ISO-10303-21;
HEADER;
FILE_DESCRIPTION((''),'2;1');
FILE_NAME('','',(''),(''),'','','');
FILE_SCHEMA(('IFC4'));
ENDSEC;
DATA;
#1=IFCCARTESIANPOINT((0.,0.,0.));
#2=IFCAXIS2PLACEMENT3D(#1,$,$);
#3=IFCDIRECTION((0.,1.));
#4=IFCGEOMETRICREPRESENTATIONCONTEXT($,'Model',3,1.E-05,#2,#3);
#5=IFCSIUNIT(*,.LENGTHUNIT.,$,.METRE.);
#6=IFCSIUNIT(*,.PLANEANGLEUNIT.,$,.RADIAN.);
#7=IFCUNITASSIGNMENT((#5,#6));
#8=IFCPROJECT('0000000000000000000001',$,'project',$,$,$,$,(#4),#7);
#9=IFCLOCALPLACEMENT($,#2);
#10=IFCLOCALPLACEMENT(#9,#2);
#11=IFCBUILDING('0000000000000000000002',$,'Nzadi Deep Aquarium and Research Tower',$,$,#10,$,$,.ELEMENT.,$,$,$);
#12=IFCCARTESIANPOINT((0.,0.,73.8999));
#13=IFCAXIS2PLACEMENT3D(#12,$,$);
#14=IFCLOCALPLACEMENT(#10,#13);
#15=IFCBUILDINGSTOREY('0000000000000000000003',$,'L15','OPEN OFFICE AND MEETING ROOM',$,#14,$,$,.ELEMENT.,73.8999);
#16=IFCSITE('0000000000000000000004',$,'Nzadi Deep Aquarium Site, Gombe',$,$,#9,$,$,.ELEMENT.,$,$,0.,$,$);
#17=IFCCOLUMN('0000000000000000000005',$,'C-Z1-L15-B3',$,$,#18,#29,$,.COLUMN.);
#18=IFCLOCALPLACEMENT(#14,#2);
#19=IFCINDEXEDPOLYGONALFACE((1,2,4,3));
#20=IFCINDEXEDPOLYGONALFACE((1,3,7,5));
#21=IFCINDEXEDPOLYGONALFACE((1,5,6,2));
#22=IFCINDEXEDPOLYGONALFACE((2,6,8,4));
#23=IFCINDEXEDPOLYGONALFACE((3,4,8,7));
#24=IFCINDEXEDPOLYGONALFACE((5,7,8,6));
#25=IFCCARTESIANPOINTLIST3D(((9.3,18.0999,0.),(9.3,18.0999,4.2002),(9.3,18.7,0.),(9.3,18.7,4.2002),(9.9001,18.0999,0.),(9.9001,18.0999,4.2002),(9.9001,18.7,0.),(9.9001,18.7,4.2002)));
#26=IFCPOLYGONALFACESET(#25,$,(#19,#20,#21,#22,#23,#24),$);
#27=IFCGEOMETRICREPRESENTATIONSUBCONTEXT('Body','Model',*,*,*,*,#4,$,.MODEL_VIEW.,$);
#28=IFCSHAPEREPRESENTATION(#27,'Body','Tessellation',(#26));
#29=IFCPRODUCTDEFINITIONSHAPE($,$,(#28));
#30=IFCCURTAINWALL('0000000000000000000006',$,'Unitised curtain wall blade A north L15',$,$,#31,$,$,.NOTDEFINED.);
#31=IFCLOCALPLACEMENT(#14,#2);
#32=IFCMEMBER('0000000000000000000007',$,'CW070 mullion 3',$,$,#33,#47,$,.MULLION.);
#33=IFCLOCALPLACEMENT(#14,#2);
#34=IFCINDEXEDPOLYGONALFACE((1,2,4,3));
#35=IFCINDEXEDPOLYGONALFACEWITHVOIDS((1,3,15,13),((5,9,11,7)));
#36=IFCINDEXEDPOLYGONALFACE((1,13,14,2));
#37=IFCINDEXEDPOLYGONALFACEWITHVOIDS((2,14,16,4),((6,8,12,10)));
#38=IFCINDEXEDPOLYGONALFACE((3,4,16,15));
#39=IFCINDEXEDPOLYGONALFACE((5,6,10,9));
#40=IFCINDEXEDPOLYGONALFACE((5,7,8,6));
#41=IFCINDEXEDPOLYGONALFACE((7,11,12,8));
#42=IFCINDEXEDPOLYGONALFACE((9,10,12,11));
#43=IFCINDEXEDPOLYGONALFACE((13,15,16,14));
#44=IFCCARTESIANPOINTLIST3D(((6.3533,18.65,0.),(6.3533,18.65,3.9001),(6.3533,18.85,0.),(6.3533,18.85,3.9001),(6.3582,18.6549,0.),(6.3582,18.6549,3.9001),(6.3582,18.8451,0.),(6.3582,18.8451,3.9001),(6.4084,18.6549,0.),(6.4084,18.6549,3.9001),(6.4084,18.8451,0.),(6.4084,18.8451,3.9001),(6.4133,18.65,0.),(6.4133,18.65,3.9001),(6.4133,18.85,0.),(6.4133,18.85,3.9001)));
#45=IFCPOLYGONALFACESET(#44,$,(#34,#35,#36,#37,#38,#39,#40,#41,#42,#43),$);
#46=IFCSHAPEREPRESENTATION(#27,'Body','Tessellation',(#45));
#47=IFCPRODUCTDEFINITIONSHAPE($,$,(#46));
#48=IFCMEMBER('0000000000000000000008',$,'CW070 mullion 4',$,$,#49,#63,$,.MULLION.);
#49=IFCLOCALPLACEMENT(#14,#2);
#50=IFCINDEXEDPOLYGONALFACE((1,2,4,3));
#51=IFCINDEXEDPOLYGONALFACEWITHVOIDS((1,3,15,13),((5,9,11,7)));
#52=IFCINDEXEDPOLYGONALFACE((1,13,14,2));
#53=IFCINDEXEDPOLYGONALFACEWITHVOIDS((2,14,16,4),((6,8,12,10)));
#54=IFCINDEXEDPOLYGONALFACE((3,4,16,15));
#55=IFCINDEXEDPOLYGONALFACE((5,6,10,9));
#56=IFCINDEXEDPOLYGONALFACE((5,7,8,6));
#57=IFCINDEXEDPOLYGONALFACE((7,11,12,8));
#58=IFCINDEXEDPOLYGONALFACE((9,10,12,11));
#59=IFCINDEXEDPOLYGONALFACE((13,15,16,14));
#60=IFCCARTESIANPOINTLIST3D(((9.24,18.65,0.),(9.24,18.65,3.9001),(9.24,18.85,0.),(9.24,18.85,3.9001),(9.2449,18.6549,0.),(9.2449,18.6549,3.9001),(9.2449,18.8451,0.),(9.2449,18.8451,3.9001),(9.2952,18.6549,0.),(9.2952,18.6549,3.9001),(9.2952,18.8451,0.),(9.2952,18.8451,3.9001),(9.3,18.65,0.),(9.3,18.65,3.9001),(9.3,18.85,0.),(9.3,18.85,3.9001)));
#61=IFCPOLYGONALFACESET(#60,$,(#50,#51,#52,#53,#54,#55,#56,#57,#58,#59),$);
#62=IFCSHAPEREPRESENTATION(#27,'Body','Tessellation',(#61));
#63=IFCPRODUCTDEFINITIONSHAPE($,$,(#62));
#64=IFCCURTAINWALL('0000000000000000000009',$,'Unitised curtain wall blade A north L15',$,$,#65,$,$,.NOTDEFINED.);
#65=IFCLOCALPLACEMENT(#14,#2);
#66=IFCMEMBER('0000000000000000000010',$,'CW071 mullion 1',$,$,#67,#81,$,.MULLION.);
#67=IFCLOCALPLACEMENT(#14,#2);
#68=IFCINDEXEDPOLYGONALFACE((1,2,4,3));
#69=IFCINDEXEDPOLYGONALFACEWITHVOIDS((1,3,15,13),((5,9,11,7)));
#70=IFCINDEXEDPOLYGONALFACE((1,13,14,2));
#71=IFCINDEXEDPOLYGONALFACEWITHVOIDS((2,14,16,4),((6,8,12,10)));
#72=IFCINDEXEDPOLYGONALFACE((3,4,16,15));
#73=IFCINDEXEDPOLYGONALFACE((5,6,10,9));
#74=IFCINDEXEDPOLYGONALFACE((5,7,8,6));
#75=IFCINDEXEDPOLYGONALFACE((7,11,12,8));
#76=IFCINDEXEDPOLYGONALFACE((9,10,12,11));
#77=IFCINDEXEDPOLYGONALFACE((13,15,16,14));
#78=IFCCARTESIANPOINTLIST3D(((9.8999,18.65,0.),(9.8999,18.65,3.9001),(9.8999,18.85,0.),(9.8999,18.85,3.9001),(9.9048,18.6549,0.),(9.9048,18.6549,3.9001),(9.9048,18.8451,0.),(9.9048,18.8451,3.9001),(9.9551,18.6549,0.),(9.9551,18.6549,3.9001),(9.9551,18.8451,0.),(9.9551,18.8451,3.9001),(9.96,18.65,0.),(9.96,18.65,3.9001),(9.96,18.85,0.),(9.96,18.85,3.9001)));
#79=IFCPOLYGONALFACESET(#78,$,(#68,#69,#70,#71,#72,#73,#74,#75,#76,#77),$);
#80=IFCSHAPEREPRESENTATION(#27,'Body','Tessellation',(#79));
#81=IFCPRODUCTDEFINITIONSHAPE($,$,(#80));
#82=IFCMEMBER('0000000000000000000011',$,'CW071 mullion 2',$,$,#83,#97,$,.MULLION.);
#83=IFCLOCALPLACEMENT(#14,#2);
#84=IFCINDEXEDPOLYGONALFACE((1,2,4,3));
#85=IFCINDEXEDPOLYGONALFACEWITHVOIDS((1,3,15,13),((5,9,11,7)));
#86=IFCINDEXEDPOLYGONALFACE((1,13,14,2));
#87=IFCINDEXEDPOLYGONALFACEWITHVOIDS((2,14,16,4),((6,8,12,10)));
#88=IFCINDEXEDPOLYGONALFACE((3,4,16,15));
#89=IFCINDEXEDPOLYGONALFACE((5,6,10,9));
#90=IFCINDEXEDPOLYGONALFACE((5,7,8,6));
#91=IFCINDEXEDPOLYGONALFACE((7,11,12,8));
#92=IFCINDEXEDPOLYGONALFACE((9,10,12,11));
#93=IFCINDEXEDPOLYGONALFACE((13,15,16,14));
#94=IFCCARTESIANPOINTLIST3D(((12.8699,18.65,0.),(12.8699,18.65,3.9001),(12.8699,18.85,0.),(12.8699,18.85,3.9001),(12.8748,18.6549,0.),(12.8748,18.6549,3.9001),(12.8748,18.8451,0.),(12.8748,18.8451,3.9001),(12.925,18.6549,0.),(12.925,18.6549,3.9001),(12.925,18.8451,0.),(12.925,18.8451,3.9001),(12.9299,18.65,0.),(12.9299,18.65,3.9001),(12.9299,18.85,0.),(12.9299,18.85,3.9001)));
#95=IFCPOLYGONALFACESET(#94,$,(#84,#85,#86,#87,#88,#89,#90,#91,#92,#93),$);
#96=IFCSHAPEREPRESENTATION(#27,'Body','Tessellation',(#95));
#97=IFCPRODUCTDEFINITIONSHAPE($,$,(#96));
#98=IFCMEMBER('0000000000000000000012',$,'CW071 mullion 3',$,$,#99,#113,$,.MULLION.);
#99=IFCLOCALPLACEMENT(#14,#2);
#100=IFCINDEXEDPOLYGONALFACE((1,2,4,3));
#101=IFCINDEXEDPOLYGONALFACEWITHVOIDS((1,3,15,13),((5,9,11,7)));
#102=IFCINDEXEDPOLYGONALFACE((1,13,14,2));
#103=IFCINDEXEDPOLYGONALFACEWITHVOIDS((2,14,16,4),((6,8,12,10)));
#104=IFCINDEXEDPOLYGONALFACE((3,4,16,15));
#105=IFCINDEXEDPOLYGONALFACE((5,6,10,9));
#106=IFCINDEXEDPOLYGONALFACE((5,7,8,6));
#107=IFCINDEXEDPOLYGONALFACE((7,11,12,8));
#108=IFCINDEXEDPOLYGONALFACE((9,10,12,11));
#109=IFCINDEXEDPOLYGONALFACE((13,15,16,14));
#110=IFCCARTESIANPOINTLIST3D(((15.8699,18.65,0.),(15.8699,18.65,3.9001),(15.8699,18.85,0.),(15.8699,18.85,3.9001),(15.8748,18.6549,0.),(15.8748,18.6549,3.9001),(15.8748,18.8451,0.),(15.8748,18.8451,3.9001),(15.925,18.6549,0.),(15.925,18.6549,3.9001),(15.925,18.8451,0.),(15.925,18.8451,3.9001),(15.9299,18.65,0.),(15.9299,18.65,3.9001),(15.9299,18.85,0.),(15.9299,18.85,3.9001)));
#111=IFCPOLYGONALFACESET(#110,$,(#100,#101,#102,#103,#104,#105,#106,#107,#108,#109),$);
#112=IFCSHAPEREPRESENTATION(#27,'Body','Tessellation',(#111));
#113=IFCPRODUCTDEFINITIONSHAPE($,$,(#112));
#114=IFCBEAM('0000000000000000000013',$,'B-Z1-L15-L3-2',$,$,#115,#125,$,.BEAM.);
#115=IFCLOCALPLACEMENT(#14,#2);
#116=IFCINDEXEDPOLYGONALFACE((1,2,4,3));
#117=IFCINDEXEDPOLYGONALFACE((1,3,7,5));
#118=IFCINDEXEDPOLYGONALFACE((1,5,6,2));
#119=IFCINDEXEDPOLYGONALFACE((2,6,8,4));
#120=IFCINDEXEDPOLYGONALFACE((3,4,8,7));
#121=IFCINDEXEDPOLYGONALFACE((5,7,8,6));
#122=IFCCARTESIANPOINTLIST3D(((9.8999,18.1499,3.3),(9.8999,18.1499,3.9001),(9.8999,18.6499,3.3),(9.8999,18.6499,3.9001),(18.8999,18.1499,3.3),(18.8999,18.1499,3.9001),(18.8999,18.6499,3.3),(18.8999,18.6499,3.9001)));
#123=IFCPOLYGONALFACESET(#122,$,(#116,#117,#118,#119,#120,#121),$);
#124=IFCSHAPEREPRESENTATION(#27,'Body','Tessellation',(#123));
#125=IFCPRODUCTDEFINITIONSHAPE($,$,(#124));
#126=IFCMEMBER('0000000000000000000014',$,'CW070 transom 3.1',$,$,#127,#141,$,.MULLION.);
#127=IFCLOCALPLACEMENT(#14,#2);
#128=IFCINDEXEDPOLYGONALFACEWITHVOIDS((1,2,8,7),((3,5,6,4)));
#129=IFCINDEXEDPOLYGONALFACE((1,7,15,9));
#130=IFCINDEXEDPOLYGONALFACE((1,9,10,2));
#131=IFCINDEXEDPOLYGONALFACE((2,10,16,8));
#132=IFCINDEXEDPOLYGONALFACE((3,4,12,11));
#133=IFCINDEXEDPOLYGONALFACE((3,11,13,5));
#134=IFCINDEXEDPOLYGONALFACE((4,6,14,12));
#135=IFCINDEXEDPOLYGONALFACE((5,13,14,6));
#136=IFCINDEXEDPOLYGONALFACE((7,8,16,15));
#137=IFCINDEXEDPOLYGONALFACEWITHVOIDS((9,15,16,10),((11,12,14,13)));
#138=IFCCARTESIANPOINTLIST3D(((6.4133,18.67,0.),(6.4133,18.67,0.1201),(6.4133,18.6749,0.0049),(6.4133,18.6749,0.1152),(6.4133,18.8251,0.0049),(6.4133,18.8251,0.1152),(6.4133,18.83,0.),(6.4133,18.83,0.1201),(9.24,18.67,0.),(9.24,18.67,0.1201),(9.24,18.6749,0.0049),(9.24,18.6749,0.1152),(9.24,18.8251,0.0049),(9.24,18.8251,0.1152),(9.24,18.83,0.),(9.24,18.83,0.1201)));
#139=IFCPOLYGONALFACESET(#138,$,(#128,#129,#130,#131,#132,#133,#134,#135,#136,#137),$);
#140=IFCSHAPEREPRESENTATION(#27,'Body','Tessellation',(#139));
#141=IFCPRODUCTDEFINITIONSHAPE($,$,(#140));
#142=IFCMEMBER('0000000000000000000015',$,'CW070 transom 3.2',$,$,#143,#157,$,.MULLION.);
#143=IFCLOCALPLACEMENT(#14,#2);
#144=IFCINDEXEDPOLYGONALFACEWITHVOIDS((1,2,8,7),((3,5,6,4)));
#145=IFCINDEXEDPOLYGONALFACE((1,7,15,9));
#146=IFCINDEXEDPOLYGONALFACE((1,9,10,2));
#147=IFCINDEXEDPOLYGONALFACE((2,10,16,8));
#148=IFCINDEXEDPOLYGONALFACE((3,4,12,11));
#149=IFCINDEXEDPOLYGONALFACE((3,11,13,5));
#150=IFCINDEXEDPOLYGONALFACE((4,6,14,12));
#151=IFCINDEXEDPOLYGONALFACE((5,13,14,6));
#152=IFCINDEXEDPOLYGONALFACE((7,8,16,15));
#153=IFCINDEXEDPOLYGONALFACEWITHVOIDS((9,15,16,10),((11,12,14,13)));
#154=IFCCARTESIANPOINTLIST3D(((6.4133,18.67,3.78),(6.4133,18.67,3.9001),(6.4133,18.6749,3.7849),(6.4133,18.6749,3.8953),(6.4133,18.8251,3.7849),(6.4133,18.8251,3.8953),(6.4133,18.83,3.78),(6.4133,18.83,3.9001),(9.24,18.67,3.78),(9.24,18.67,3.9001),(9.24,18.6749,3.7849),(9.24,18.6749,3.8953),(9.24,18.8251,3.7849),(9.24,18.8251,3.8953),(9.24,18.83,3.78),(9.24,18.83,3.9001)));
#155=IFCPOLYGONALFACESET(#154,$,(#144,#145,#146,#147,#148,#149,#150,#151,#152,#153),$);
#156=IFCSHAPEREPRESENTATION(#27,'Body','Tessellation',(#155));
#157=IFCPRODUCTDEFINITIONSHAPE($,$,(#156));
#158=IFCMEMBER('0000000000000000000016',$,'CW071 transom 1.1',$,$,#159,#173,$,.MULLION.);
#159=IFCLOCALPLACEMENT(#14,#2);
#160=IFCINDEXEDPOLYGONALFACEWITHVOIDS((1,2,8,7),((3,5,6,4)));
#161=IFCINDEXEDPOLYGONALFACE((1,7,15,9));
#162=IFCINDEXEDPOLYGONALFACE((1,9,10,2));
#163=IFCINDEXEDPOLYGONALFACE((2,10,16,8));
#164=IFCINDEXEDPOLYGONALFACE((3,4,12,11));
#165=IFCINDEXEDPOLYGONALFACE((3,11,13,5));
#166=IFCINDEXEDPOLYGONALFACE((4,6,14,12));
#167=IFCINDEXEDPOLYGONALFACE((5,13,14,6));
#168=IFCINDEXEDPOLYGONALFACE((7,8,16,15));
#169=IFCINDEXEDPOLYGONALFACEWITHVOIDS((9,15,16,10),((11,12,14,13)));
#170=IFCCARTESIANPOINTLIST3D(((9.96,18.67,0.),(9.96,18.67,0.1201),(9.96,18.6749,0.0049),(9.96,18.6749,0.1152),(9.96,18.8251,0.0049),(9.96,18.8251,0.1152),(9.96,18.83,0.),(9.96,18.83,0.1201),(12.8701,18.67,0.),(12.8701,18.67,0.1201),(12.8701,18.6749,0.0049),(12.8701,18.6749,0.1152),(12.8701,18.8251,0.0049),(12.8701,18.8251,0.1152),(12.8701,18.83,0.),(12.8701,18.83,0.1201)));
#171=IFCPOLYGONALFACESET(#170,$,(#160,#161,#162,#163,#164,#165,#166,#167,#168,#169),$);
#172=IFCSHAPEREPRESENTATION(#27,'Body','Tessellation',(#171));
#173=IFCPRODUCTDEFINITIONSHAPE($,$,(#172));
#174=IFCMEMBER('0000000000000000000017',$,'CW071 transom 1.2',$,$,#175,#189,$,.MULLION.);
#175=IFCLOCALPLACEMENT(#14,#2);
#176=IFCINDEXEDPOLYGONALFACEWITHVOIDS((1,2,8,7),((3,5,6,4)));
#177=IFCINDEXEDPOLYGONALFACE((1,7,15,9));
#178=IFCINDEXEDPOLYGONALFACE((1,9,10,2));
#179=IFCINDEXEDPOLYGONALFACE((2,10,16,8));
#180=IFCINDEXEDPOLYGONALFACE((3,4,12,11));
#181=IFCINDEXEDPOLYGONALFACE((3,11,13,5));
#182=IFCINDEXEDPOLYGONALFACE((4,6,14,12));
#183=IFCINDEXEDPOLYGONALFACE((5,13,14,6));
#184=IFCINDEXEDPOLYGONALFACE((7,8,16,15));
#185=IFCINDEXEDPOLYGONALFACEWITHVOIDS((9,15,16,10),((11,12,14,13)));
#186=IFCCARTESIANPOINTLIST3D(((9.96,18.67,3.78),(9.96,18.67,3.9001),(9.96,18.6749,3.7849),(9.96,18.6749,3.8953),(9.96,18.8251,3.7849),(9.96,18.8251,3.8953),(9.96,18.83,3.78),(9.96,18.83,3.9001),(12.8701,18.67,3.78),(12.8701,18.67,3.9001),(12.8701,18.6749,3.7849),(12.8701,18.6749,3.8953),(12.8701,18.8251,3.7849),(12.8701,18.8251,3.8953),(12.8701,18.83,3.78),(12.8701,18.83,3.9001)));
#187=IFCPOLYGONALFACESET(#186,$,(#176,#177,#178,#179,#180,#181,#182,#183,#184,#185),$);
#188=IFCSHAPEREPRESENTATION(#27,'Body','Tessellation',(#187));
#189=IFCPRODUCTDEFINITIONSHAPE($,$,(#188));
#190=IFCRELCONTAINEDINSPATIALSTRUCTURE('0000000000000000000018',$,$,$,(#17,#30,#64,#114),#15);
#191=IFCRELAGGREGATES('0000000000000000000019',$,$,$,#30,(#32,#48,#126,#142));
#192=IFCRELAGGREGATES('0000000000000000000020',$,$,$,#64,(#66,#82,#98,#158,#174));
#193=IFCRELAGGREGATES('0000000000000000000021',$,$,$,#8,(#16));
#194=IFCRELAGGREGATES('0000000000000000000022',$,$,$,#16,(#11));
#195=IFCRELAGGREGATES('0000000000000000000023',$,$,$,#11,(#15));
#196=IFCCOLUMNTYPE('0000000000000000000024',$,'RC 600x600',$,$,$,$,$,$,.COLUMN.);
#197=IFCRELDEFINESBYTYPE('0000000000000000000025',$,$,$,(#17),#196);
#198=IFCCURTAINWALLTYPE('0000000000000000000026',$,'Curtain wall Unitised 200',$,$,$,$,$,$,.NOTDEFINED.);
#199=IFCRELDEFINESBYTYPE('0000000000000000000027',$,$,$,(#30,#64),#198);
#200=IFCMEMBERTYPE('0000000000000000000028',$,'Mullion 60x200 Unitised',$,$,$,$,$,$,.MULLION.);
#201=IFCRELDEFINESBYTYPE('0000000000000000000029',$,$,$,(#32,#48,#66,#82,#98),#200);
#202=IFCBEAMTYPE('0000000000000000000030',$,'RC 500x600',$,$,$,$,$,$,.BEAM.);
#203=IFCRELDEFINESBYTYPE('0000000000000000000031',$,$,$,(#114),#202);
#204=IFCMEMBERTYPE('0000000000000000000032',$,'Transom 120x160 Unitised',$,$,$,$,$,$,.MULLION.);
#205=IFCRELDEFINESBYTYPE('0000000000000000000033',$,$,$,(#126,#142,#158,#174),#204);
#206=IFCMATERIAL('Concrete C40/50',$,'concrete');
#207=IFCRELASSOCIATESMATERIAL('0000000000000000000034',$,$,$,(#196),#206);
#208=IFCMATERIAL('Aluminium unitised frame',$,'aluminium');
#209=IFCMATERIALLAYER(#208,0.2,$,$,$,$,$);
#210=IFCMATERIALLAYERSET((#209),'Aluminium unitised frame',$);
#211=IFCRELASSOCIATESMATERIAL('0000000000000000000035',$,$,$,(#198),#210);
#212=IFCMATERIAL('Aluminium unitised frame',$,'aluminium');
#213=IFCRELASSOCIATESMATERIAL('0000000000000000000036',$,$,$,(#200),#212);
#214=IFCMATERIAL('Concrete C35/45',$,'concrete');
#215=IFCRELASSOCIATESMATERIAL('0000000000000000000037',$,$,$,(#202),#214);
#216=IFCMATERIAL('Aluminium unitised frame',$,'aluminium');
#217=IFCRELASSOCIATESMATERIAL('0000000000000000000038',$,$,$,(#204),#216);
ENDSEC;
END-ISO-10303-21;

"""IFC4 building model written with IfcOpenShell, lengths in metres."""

from ifc_helpers import new_model, si_unit, direction, frame, origin, origin_2d, place, context, subcontext, project, spatial, rectangle, hollow_rectangle, extrude, material, layer, layer_set, material_profile, profile_set, type_object, element, aggregate, save


model = new_model("IFC4")

# Units and contexts
model_context = context("Model", 3, precision=1e-05, world=origin(), true_north=direction((0.0, 1.0)))
body_context = subcontext(model_context, "Body", "Model", "MODEL_VIEW")
ifc_project = project(units=[si_unit("LENGTHUNIT", "METRE"), si_unit("PLANEANGLEUNIT", "RADIAN")], contexts=[model_context])

# Site, building, storey
site_placement = place(None, origin())
site = spatial("IfcSite", under=ifc_project, at=site_placement, Name="Nzadi Deep Aquarium Site, Gombe", CompositionType="ELEMENT", RefElevation=0.0)
building_placement = place(site_placement, origin())
building = spatial("IfcBuilding", under=site, at=building_placement, Name="Nzadi Deep Aquarium and Research Tower", CompositionType="ELEMENT")
storey_placement = place(building_placement, frame((0.0, 0.0, 73.8999)))
storey = spatial("IfcBuildingStorey", under=building, at=storey_placement, Name="L15", Description="OPEN OFFICE AND MEETING ROOM", CompositionType="ELEMENT", Elevation=73.8999)

# Column
ifc_material_1 = material(Name="Concrete C40/50", Category="concrete")
ifc_material_profile_1 = material_profile(ifc_material_1, rectangle(XDim=0.6001, YDim=0.6001, at=origin_2d()))
ifc_profile_set_1 = profile_set([ifc_material_profile_1], Name="Concrete C40/50")
column_type = type_object("IfcColumnType", Name="RC 600x600", PredefinedType="COLUMN", material=ifc_profile_set_1)
column_placement = place(storey_placement, frame((9.6001, 18.3999, 0.0), z_axis=(0.0, 0.0, 1.0), x_axis=(1.0, 0.0, 0.0)))
element("IfcColumn", 1, at=column_placement, inside=storey, type_object=column_type, Name="C-Z1-L15-B3", PredefinedType="COLUMN", context=body_context, shape_type="SweptSolid", body=[
    extrude(rectangle(XDim=0.6001, YDim=0.6001, at=origin_2d()), origin(), (0.0, 0.0, 1.0), 4.2002),
])

# Curtain walls, members
ifc_material_2 = material(Name="Aluminium unitised frame", Category="aluminium")
ifc_layer_1 = layer(ifc_material_2, 0.2)
ifc_layer_set_1 = layer_set([ifc_layer_1], Name="Aluminium unitised frame")
curtain_wall_type = type_object("IfcCurtainWallType", Name="Curtain wall Unitised 200", PredefinedType="NOTDEFINED", material=ifc_layer_set_1)
curtain_wall_1_placement = place(storey_placement, origin())
curtain_wall_1 = element("IfcCurtainWall", 2, at=curtain_wall_1_placement, inside=storey, type_object=curtain_wall_type, Name="Unitised curtain wall blade A north L15", PredefinedType="NOTDEFINED")
ifc_material_3 = material(Name="Aluminium unitised frame", Category="aluminium")
ifc_material_profile_2 = material_profile(ifc_material_3, hollow_rectangle(XDim=0.2, YDim=0.0601, WallThickness=0.0049, at=origin_2d()))
ifc_profile_set_2 = profile_set([ifc_material_profile_2], Name="Aluminium unitised frame")
member_type_1 = type_object("IfcMemberType", Name="Mullion 60x200 Unitised", PredefinedType="MULLION", material=ifc_profile_set_2)
member_1_placement = place(storey_placement, frame((6.3833, 18.75, 0.0), z_axis=(0.0, 0.0, 1.0), x_axis=(0.0, 1.0, 0.0)))
member_1 = element("IfcMember", 3, at=member_1_placement, type_object=member_type_1, Name="CW070 mullion 3", PredefinedType="MULLION", context=body_context, shape_type="SweptSolid", body=[
    extrude(hollow_rectangle(XDim=0.2, YDim=0.0601, WallThickness=0.0049, at=origin_2d()), origin(), (0.0, 0.0, 1.0), 3.9001),
])
member_2_placement = place(storey_placement, frame((9.27, 18.75, 0.0), z_axis=(0.0, 0.0, 1.0), x_axis=(0.0, 1.0, 0.0)))
member_2 = element("IfcMember", 4, at=member_2_placement, type_object=member_type_1, Name="CW070 mullion 4", PredefinedType="MULLION", context=body_context, shape_type="SweptSolid", body=[
    extrude(hollow_rectangle(XDim=0.2, YDim=0.0601, WallThickness=0.0049, at=origin_2d()), origin(), (0.0, 0.0, 1.0), 3.9001),
])
curtain_wall_2_placement = place(storey_placement, origin())
curtain_wall_2 = element("IfcCurtainWall", 5, at=curtain_wall_2_placement, inside=storey, type_object=curtain_wall_type, Name="Unitised curtain wall blade A north L15", PredefinedType="NOTDEFINED")
member_3_placement = place(storey_placement, frame((9.9299, 18.75, 0.0), z_axis=(0.0, 0.0, 1.0), x_axis=(0.0, 1.0, 0.0)))
member_3 = element("IfcMember", 6, at=member_3_placement, type_object=member_type_1, Name="CW071 mullion 1", PredefinedType="MULLION", context=body_context, shape_type="SweptSolid", body=[
    extrude(hollow_rectangle(XDim=0.2, YDim=0.0601, WallThickness=0.0049, at=origin_2d()), origin(), (0.0, 0.0, 1.0), 3.9001),
])
member_4_placement = place(storey_placement, frame((12.8999, 18.75, 0.0), z_axis=(0.0, 0.0, 1.0), x_axis=(0.0, 1.0, 0.0)))
member_4 = element("IfcMember", 7, at=member_4_placement, type_object=member_type_1, Name="CW071 mullion 2", PredefinedType="MULLION", context=body_context, shape_type="SweptSolid", body=[
    extrude(hollow_rectangle(XDim=0.2, YDim=0.0601, WallThickness=0.0049, at=origin_2d()), origin(), (0.0, 0.0, 1.0), 3.9001),
])
member_5_placement = place(storey_placement, frame((15.8999, 18.75, 0.0), z_axis=(0.0, 0.0, 1.0), x_axis=(0.0, 1.0, 0.0)))
member_5 = element("IfcMember", 8, at=member_5_placement, type_object=member_type_1, Name="CW071 mullion 3", PredefinedType="MULLION", context=body_context, shape_type="SweptSolid", body=[
    extrude(hollow_rectangle(XDim=0.2, YDim=0.0601, WallThickness=0.0049, at=origin_2d()), origin(), (0.0, 0.0, 1.0), 3.9001),
])

# Beam
ifc_material_4 = material(Name="Concrete C35/45", Category="concrete")
ifc_material_profile_3 = material_profile(ifc_material_4, rectangle(XDim=0.5, YDim=0.6001, at=origin_2d()))
ifc_profile_set_3 = profile_set([ifc_material_profile_3], Name="Concrete C35/45")
beam_type = type_object("IfcBeamType", Name="RC 500x600", PredefinedType="BEAM", material=ifc_profile_set_3)
beam_placement = place(storey_placement, frame((9.8999, 18.3999, 3.6001), z_axis=(1.0, 0.0, 0.0), x_axis=(0.0, 1.0, 0.0)))
element("IfcBeam", 9, at=beam_placement, inside=storey, type_object=beam_type, Name="B-Z1-L15-L3-2", PredefinedType="BEAM", context=body_context, shape_type="SweptSolid", body=[
    extrude(rectangle(XDim=0.5, YDim=0.6001, at=origin_2d()), origin(), (0.0, 0.0, 1.0), 9.0),
])

# Members
ifc_material_5 = material(Name="Aluminium unitised frame", Category="aluminium")
ifc_material_profile_4 = material_profile(ifc_material_5, hollow_rectangle(XDim=0.1599, YDim=0.1201, WallThickness=0.0049, at=origin_2d()))
ifc_profile_set_4 = profile_set([ifc_material_profile_4], Name="Aluminium unitised frame")
member_type_2 = type_object("IfcMemberType", Name="Transom 120x160 Unitised", PredefinedType="MULLION", material=ifc_profile_set_4)
member_6_placement = place(storey_placement, frame((6.4133, 18.75, 0.0601), z_axis=(1.0, 0.0, 0.0), x_axis=(0.0, 1.0, 0.0)))
member_6 = element("IfcMember", 10, at=member_6_placement, type_object=member_type_2, Name="CW070 transom 3.1", PredefinedType="MULLION", context=body_context, shape_type="SweptSolid", body=[
    extrude(hollow_rectangle(XDim=0.1599, YDim=0.1201, WallThickness=0.0049, at=origin_2d()), origin(), (0.0, 0.0, 1.0), 2.8267),
])
member_7_placement = place(storey_placement, frame((6.4133, 18.75, 3.8401), z_axis=(1.0, 0.0, 0.0), x_axis=(0.0, 1.0, 0.0)))
member_7 = element("IfcMember", 11, at=member_7_placement, type_object=member_type_2, Name="CW070 transom 3.2", PredefinedType="MULLION", context=body_context, shape_type="SweptSolid", body=[
    extrude(hollow_rectangle(XDim=0.1599, YDim=0.1201, WallThickness=0.0049, at=origin_2d()), origin(), (0.0, 0.0, 1.0), 2.8267),
])
member_8_placement = place(storey_placement, frame((9.96, 18.75, 0.0601), z_axis=(1.0, 0.0, 0.0), x_axis=(0.0, 1.0, 0.0)))
member_8 = element("IfcMember", 12, at=member_8_placement, type_object=member_type_2, Name="CW071 transom 1.1", PredefinedType="MULLION", context=body_context, shape_type="SweptSolid", body=[
    extrude(hollow_rectangle(XDim=0.1599, YDim=0.1201, WallThickness=0.0049, at=origin_2d()), origin(), (0.0, 0.0, 1.0), 2.9102),
])
member_9_placement = place(storey_placement, frame((9.96, 18.75, 3.8401), z_axis=(1.0, 0.0, 0.0), x_axis=(0.0, 1.0, 0.0)))
member_9 = element("IfcMember", 13, at=member_9_placement, type_object=member_type_2, Name="CW071 transom 1.2", PredefinedType="MULLION", context=body_context, shape_type="SweptSolid", body=[
    extrude(hollow_rectangle(XDim=0.1599, YDim=0.1201, WallThickness=0.0049, at=origin_2d()), origin(), (0.0, 0.0, 1.0), 2.9102),
])

aggregate(curtain_wall_1, [member_1, member_2, member_6, member_7])
aggregate(curtain_wall_2, [member_3, member_4, member_5, member_8, member_9])

save(model, "model.ifc")
